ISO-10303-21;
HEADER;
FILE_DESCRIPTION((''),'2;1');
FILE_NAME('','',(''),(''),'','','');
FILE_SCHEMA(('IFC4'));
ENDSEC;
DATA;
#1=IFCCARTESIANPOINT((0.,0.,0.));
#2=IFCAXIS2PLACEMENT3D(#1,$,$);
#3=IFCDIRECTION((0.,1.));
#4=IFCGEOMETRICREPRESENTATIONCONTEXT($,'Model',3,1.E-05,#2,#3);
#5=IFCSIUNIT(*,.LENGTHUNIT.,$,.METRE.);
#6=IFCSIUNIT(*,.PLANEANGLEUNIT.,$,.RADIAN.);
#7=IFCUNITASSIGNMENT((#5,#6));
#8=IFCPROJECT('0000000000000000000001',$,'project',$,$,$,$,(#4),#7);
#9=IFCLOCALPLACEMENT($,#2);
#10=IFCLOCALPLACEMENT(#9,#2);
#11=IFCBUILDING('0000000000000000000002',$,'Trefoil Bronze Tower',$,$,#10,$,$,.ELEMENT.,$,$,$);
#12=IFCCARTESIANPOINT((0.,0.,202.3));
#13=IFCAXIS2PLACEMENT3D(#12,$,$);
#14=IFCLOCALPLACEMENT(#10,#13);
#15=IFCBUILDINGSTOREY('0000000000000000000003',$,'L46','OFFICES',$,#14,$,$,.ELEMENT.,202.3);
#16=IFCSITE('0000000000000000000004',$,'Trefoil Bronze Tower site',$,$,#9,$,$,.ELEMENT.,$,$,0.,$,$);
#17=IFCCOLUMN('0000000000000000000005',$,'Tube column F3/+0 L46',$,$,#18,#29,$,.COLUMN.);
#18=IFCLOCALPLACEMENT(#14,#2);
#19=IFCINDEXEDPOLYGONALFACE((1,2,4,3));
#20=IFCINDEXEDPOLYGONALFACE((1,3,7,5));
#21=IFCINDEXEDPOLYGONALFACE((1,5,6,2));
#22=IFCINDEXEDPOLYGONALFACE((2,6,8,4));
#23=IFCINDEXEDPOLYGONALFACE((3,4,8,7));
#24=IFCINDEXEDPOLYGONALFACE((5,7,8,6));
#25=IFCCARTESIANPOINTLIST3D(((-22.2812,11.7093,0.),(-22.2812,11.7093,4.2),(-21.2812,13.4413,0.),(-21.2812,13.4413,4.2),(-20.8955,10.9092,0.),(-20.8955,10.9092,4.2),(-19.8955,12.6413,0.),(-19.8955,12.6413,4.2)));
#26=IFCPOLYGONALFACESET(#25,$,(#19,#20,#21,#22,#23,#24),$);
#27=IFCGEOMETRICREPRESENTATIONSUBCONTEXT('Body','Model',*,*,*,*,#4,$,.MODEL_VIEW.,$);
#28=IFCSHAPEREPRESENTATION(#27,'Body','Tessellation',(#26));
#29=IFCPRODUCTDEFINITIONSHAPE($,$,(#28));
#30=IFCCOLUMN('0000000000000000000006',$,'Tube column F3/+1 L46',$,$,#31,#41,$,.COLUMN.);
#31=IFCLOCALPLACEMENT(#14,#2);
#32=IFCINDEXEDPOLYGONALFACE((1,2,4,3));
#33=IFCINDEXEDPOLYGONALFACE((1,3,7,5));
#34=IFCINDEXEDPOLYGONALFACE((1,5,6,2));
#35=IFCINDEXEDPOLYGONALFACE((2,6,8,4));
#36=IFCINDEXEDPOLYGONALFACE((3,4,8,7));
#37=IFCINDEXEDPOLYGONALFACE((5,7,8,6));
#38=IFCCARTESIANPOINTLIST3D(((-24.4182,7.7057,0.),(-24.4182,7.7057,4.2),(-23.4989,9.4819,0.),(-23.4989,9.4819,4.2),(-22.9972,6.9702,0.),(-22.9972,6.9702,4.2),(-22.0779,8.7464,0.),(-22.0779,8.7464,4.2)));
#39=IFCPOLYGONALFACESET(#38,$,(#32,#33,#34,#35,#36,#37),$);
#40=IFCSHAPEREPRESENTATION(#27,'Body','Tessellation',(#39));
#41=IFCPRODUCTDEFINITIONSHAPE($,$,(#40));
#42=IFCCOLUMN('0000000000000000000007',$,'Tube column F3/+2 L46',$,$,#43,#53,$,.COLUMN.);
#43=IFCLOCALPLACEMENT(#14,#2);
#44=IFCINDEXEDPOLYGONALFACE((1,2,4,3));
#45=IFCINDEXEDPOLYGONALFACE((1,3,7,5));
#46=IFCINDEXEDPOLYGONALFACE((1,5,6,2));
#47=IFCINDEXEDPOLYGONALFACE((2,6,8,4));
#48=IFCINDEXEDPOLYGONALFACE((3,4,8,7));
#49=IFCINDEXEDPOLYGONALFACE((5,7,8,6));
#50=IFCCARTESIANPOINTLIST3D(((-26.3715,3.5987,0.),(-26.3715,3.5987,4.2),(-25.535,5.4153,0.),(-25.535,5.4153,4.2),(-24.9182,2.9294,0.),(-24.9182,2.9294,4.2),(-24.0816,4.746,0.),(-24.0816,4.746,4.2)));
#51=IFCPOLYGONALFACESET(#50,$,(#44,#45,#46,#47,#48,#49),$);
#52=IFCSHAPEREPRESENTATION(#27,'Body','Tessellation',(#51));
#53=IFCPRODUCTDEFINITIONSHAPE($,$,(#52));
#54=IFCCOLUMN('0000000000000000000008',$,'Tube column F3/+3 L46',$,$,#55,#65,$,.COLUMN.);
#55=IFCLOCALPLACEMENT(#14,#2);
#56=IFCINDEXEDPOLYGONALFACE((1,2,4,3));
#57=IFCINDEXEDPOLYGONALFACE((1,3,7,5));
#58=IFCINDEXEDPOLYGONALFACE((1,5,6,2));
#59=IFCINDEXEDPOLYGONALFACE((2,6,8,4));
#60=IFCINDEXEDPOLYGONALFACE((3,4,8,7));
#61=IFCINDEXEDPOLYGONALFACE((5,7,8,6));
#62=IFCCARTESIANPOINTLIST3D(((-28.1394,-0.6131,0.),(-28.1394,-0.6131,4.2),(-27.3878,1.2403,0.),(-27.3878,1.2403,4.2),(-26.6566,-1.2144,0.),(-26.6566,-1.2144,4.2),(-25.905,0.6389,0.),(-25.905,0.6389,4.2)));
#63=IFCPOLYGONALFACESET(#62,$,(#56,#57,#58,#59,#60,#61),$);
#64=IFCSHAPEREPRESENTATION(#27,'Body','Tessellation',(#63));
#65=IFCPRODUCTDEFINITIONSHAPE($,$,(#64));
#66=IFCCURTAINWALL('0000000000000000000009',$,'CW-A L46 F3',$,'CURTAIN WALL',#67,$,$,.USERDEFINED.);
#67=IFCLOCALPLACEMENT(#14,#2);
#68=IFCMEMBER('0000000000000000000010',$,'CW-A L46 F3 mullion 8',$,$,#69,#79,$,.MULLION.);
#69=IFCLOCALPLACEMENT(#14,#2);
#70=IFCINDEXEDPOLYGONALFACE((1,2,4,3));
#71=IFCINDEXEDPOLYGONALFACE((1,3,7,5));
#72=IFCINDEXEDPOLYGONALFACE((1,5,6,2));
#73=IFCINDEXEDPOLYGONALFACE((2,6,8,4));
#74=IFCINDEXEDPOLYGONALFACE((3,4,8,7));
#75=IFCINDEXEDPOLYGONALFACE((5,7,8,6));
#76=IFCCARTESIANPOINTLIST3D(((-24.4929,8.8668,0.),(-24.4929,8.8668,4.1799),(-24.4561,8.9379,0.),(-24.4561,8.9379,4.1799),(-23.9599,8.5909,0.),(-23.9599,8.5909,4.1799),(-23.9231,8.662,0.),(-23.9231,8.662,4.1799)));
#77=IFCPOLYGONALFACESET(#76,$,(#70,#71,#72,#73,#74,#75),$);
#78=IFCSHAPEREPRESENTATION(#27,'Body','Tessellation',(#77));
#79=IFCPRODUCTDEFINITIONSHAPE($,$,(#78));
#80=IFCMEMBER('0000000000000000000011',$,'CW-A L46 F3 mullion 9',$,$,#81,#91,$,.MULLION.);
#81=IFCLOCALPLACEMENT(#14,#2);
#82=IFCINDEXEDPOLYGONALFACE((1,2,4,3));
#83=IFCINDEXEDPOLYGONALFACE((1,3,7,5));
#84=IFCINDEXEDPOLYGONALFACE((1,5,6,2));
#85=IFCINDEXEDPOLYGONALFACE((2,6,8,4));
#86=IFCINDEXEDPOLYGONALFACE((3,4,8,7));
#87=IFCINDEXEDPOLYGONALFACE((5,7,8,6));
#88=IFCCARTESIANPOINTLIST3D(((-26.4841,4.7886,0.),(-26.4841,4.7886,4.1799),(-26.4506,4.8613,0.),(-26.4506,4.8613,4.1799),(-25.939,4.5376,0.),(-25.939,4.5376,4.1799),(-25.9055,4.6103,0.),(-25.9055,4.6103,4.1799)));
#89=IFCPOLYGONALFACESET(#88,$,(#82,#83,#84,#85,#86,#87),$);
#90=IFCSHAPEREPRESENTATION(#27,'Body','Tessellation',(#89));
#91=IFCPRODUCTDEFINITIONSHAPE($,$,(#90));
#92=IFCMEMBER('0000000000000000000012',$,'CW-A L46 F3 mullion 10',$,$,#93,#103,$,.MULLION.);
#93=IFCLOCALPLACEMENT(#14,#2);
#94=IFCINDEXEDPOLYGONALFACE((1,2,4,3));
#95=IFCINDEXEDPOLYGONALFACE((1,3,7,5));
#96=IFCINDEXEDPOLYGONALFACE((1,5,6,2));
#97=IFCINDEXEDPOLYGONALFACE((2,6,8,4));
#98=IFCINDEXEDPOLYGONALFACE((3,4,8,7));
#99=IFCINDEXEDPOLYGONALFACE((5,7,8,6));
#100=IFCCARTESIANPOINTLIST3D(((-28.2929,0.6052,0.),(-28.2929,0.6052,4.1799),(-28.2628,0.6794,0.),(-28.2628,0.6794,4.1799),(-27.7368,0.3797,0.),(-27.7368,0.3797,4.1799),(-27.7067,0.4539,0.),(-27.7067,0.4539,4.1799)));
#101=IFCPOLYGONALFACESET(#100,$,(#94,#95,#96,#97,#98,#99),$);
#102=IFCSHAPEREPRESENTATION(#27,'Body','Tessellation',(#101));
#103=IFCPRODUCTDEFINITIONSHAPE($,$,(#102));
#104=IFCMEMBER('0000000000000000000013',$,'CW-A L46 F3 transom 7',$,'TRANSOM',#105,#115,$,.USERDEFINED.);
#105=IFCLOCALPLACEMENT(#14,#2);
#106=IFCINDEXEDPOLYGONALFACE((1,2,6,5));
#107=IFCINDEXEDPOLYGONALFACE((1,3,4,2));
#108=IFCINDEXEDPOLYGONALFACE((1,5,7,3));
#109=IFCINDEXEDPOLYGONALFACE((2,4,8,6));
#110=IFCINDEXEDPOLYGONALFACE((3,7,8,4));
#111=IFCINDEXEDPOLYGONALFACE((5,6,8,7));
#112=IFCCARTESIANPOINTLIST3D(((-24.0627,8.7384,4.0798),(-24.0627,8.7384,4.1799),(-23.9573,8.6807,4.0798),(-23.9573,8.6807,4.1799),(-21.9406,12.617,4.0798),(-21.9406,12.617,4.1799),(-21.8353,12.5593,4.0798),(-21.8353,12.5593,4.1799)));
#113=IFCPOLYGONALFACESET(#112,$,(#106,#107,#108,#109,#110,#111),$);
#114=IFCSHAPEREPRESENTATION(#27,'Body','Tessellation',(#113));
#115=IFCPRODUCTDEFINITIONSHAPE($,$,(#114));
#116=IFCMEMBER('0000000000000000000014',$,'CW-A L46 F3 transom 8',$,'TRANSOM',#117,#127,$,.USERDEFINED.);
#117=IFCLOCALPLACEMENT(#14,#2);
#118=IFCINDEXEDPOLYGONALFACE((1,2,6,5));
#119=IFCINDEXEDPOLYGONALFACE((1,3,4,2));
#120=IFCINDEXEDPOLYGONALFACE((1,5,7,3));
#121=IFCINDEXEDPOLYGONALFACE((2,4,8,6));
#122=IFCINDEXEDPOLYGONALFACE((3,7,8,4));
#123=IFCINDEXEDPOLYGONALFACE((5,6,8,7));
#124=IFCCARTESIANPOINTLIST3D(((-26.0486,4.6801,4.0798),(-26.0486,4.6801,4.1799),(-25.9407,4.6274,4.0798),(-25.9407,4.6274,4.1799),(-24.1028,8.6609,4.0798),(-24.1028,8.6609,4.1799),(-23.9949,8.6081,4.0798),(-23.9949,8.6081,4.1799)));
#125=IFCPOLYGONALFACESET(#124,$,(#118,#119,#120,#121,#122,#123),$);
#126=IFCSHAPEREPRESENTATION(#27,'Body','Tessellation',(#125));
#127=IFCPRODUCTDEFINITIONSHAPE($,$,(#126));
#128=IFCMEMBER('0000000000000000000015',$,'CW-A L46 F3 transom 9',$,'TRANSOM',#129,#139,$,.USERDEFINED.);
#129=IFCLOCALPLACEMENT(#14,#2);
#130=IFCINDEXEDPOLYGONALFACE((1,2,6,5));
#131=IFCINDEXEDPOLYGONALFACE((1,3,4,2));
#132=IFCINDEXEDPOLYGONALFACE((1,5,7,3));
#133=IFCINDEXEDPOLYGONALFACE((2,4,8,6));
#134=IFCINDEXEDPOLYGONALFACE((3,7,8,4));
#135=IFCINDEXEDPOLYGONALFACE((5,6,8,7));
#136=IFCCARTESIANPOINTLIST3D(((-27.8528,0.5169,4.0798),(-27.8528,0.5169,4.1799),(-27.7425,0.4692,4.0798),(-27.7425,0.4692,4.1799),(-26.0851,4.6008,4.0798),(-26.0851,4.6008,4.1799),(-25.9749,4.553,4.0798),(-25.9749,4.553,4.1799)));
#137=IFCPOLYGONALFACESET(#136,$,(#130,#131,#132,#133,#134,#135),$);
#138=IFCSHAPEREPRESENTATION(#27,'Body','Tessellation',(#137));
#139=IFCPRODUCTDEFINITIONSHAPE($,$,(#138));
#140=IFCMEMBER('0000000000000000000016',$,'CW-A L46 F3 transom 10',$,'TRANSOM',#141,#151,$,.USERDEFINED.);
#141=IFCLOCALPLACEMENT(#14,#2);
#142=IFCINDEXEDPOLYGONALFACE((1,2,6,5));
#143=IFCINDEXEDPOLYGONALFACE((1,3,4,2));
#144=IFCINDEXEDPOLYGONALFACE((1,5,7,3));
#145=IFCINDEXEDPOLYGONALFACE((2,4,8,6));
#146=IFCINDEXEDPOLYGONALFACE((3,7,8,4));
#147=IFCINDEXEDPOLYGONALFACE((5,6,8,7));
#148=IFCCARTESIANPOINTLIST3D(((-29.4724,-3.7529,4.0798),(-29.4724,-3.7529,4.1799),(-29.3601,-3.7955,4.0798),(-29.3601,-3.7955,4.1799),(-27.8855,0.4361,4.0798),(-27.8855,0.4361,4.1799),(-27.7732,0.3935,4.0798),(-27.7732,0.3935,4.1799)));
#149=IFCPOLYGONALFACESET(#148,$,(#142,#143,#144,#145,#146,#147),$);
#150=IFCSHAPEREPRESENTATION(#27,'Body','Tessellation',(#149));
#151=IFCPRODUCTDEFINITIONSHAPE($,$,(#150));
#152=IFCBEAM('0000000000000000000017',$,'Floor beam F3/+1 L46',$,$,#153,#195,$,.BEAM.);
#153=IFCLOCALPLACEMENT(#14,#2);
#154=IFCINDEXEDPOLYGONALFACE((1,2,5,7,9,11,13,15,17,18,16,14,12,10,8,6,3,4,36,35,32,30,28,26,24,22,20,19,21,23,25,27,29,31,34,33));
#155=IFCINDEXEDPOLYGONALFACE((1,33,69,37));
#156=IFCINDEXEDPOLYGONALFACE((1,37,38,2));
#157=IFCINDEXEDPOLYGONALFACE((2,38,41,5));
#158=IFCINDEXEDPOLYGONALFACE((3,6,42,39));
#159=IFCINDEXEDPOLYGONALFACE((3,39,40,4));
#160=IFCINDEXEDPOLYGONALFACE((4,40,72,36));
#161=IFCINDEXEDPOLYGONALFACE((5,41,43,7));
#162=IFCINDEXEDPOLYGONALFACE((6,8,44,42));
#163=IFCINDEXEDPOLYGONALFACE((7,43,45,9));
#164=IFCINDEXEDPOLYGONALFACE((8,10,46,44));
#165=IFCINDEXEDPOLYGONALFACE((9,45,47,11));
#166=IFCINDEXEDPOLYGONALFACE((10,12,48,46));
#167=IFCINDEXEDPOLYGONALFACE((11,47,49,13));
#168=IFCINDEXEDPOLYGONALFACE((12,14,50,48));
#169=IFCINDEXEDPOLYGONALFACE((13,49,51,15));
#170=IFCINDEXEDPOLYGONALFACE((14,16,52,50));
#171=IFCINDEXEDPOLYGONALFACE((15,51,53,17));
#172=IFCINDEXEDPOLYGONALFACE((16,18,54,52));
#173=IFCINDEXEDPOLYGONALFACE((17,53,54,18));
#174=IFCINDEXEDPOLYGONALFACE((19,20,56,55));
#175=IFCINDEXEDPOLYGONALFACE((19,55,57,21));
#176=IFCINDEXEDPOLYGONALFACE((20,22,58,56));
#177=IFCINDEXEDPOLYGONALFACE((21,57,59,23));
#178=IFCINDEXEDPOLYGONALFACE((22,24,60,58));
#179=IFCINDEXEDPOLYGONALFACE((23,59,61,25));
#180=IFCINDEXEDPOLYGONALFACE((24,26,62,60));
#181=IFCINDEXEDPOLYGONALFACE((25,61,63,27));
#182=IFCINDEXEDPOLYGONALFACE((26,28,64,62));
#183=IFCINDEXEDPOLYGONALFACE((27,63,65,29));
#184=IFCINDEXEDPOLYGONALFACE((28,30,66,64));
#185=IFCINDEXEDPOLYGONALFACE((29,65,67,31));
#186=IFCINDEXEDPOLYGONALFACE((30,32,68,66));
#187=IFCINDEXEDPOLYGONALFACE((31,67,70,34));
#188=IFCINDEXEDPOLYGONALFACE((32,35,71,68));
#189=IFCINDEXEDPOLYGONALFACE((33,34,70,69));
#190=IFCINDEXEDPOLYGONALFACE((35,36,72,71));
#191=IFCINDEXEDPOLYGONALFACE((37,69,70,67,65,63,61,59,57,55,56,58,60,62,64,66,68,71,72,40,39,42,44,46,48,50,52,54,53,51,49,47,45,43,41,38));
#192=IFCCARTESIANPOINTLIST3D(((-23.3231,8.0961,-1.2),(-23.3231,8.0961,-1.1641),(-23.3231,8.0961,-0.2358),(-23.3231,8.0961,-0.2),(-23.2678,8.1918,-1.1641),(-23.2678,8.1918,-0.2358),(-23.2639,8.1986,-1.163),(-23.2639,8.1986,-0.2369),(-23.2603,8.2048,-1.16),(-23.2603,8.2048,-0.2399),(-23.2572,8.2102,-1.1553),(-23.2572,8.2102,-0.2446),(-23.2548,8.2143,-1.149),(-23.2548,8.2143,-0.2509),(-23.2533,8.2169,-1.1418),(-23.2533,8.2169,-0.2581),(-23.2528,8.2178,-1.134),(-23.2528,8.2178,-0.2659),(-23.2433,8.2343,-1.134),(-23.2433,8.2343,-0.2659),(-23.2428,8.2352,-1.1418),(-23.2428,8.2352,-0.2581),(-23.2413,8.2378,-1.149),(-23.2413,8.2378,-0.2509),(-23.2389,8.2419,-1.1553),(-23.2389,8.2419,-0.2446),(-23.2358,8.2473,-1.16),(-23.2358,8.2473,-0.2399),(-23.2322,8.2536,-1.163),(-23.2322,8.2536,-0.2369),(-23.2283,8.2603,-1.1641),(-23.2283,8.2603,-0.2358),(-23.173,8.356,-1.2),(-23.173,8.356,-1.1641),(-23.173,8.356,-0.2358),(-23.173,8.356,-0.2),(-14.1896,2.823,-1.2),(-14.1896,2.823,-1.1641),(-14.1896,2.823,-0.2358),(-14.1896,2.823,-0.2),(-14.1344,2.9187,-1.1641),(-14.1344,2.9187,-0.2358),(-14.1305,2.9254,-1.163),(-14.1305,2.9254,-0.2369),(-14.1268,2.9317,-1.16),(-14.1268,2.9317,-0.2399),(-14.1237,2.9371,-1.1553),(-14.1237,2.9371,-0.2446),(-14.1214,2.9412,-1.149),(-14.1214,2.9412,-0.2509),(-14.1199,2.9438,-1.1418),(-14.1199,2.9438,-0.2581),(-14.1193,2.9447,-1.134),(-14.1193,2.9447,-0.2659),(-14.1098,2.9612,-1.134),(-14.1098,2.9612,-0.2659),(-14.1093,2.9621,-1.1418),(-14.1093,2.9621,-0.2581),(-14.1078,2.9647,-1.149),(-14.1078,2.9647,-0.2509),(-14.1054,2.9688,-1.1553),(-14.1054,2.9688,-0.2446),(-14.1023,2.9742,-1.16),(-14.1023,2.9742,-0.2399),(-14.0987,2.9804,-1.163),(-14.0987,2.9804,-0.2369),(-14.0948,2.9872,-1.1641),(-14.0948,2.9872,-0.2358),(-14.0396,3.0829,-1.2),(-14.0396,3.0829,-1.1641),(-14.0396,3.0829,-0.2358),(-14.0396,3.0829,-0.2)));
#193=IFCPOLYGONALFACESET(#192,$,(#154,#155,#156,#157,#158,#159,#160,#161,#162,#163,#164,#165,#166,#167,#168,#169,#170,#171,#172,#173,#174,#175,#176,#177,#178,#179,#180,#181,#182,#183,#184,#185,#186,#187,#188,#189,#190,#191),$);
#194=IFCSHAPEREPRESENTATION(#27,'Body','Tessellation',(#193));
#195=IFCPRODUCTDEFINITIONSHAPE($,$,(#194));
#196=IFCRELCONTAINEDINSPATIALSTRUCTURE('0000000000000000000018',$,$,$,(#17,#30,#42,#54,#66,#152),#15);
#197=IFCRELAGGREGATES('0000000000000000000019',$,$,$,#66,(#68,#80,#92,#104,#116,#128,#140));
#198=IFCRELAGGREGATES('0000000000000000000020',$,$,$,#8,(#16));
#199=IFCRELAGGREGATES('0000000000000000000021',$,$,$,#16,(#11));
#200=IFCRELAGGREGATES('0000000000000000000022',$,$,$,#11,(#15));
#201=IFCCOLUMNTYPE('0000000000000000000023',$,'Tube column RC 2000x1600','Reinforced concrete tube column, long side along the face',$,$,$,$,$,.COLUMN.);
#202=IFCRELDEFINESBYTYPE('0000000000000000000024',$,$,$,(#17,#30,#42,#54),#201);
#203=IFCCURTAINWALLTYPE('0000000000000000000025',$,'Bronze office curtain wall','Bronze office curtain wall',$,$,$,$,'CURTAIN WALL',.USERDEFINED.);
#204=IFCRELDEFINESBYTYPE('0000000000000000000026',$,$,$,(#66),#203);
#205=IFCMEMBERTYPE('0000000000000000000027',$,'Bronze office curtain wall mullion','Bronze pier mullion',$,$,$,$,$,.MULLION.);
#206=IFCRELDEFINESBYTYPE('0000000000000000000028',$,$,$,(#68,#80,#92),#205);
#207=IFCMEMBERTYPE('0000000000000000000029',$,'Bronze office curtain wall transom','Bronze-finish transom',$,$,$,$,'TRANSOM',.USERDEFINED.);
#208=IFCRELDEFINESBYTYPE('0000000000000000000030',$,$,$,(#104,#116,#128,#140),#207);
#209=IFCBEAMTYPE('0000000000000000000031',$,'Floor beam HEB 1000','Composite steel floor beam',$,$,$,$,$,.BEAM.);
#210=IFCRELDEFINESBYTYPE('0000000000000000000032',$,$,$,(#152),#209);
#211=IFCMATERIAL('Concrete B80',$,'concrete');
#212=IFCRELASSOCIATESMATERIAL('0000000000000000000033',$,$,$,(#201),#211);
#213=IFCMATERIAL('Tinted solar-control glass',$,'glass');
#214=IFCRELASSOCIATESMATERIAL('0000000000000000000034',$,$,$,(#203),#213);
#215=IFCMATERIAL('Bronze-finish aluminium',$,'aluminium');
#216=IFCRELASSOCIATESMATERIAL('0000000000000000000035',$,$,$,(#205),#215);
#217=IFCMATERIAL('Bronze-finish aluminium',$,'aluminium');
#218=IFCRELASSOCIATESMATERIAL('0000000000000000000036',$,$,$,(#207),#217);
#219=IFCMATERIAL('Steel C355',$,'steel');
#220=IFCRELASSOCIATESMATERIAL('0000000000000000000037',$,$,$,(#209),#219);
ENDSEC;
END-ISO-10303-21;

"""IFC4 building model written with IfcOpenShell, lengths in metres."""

from ifc_helpers import new_model, si_unit, direction, frame, origin, origin_2d, place, context, subcontext, project, spatial, rectangle, i_section, extrude, material, material_profile, profile_set, type_object, element, aggregate, save


model = new_model("IFC4")

# Units and contexts
model_context = context("Model", 3, precision=1e-05, world=origin(), true_north=direction((0.0, 1.0)))
body_context = subcontext(model_context, "Body", "Model", "MODEL_VIEW")
ifc_project = project(units=[si_unit("LENGTHUNIT", "METRE"), si_unit("PLANEANGLEUNIT", "RADIAN")], contexts=[model_context])

# Site, building, storey
site_placement = place(None, origin())
site = spatial("IfcSite", under=ifc_project, at=site_placement, Name="Trefoil Bronze Tower site", CompositionType="ELEMENT", RefElevation=0.0)
building_placement = place(site_placement, origin())
building = spatial("IfcBuilding", under=site, at=building_placement, Name="Trefoil Bronze Tower", CompositionType="ELEMENT")
storey_placement = place(building_placement, frame((0.0, 0.0, 202.3)))
storey = spatial("IfcBuildingStorey", under=building, at=storey_placement, Name="L46", Description="OFFICES", CompositionType="ELEMENT", Elevation=202.3)

# Columns
ifc_material_1 = material(Name="Concrete B80", Category="concrete")
ifc_material_profile_1 = material_profile(ifc_material_1, rectangle(XDim=2.0, YDim=1.6001, at=origin_2d()), Name="RC 2000x1600")
ifc_profile_set_1 = profile_set([ifc_material_profile_1], Name="Concrete B80")
column_type = type_object("IfcColumnType", Name="Tube column RC 2000x1600", Description="Reinforced concrete tube column, long side along the face", PredefinedType="COLUMN", material=ifc_profile_set_1)
for number, where, z_axis, x_axis, name in (
    (1, (-21.0884, 12.1753, 0.0), (0.0, 0.0, 1.0), (-0.5, -0.866025, 0.0), "Tube column F3/+0 L46"),
    (2, (-23.248, 8.2261, 0.0), (0.0, 0.0, 1.0), (-0.459673, -0.888088, 0.0), "Tube column F3/+1 L46"),
    (3, (-25.2266, 4.1724, 0.0), (0.0, 0.0, 1.0), (-0.418286, -0.908315, 0.0), "Tube column F3/+2 L46"),
    (4, (-27.0222, 0.0129, 0.0), (0.0, 0.0, 1.0), (-0.375828, -0.926689, 0.0), "Tube column F3/+3 L46"),
):
    element("IfcColumn", number, at=place(storey_placement, frame(where, z_axis=z_axis, x_axis=x_axis)), inside=storey, type_object=column_type, Name=name, PredefinedType="COLUMN", context=body_context, shape_type="SweptSolid", body=[
        extrude(rectangle(XDim=2.0, YDim=1.6001, at=origin_2d()), origin(), (0.0, 0.0, 1.0), 4.2),
    ])

# Curtain wall, members
ifc_material_2 = material(Name="Tinted solar-control glass", Category="glass")
curtain_wall_type = type_object("IfcCurtainWallType", Name="Bronze office curtain wall", Description="Bronze office curtain wall", ElementType="CURTAIN WALL", PredefinedType="USERDEFINED", material=ifc_material_2)
curtain_wall_placement = place(storey_placement, origin())
curtain_wall = element("IfcCurtainWall", 5, at=curtain_wall_placement, inside=storey, type_object=curtain_wall_type, Name="CW-A L46 F3", ObjectType="CURTAIN WALL", PredefinedType="USERDEFINED")
ifc_material_3 = material(Name="Bronze-finish aluminium", Category="aluminium")
ifc_material_profile_2 = material_profile(ifc_material_3, rectangle(XDim=0.6001, YDim=0.0801, at=origin_2d()), Name="CW-A mullion")
ifc_profile_set_2 = profile_set([ifc_material_profile_2], Name="Bronze-finish aluminium")
member_type_1 = type_object("IfcMemberType", Name="Bronze office curtain wall mullion", Description="Bronze pier mullion", PredefinedType="MULLION", material=ifc_profile_set_2)
member_1_placement = place(storey_placement, frame((-24.208, 8.7644, 0.0), z_axis=(0.0, 0.0, 1.0), x_axis=(0.888088, -0.459673, 0.0)))
member_1 = element("IfcMember", 6, at=member_1_placement, type_object=member_type_1, Name="CW-A L46 F3 mullion 8", PredefinedType="MULLION", context=body_context, shape_type="SweptSolid", body=[
    extrude(rectangle(XDim=0.6001, YDim=0.0801, at=origin_2d()), origin(), (0.0, 0.0, 1.0), 4.1799),
])
member_2_placement = place(storey_placement, frame((-26.1948, 4.6995, 0.0), z_axis=(0.0, 0.0, 1.0), x_axis=(0.908315, -0.418286, 0.0)))
member_2 = element("IfcMember", 7, at=member_2_placement, type_object=member_type_1, Name="CW-A L46 F3 mullion 9", PredefinedType="MULLION", context=body_context, shape_type="SweptSolid", body=[
    extrude(rectangle(XDim=0.6001, YDim=0.0801, at=origin_2d()), origin(), (0.0, 0.0, 1.0), 4.1799),
])
member_3_placement = place(storey_placement, frame((-27.9998, 0.5295, 0.0), z_axis=(0.0, 0.0, 1.0), x_axis=(0.926689, -0.375828, 0.0)))
member_3 = element("IfcMember", 8, at=member_3_placement, type_object=member_type_1, Name="CW-A L46 F3 mullion 10", PredefinedType="MULLION", context=body_context, shape_type="SweptSolid", body=[
    extrude(rectangle(XDim=0.6001, YDim=0.0801, at=origin_2d()), origin(), (0.0, 0.0, 1.0), 4.1799),
])
ifc_material_4 = material(Name="Bronze-finish aluminium", Category="aluminium")
ifc_material_profile_3 = material_profile(ifc_material_4, rectangle(XDim=0.1201, YDim=0.1001, at=origin_2d()), Name="CW-A transom")
ifc_profile_set_3 = profile_set([ifc_material_profile_3], Name="Bronze-finish aluminium")
member_type_2 = type_object("IfcMemberType", Name="Bronze office curtain wall transom", Description="Bronze-finish transom", ElementType="TRANSOM", PredefinedType="USERDEFINED", material=ifc_profile_set_3)
member_4_placement = place(storey_placement, frame((-21.8879, 12.5881, 4.1299), z_axis=(-0.479974, -0.877283, 0.0), x_axis=(0.877283, -0.479974, 0.0)))
member_4 = element("IfcMember", 9, at=member_4_placement, type_object=member_type_2, Name="CW-A L46 F3 transom 7", ObjectType="TRANSOM", PredefinedType="USERDEFINED", context=body_context, shape_type="SweptSolid", body=[
    extrude(rectangle(XDim=0.1201, YDim=0.1001, at=origin_2d()), origin(), (0.0, 0.0, 1.0), 4.4211),
])
member_5_placement = place(storey_placement, frame((-24.0488, 8.6345, 4.1299), z_axis=(-0.439151, -0.898413, 0.0), x_axis=(0.898413, -0.439151, 0.0)))
member_5 = element("IfcMember", 10, at=member_5_placement, type_object=member_type_2, Name="CW-A L46 F3 transom 8", ObjectType="TRANSOM", PredefinedType="USERDEFINED", context=body_context, shape_type="SweptSolid", body=[
    extrude(rectangle(XDim=0.1201, YDim=0.1001, at=origin_2d()), origin(), (0.0, 0.0, 1.0), 4.4309),
])
member_6_placement = place(storey_placement, frame((-26.03, 4.5769, 4.1299), z_axis=(-0.397221, -0.917723, 0.0), x_axis=(0.917723, -0.397221, 0.0)))
member_6 = element("IfcMember", 11, at=member_6_placement, type_object=member_type_2, Name="CW-A L46 F3 transom 9", ObjectType="TRANSOM", PredefinedType="USERDEFINED", context=body_context, shape_type="SweptSolid", body=[
    extrude(rectangle(XDim=0.1201, YDim=0.1001, at=origin_2d()), origin(), (0.0, 0.0, 1.0), 4.45),
])
member_7_placement = place(storey_placement, frame((-27.8293, 0.4148, 4.1299), z_axis=(-0.354263, -0.935146, 0.0), x_axis=(0.935146, -0.354263, 0.0)))
member_7 = element("IfcMember", 12, at=member_7_placement, type_object=member_type_2, Name="CW-A L46 F3 transom 10", ObjectType="TRANSOM", PredefinedType="USERDEFINED", context=body_context, shape_type="SweptSolid", body=[
    extrude(rectangle(XDim=0.1201, YDim=0.1001, at=origin_2d()), origin(), (0.0, 0.0, 1.0), 4.4795),
])

# Beam
ifc_material_5 = material(Name="Steel C355", Category="steel")
ifc_material_profile_4 = material_profile(ifc_material_5, i_section(OverallWidth=0.3, OverallDepth=1.0, WebThickness=0.019, FlangeThickness=0.0359, FilletRadius=0.03, at=origin_2d()), Name="HEB 1000")
ifc_profile_set_4 = profile_set([ifc_material_profile_4], Name="Steel C355")
beam_type_1 = type_object("IfcBeamType", Name="Floor beam HEB 1000", Description="Composite steel floor beam", PredefinedType="BEAM", material=ifc_profile_set_4)
beam_1_placement = place(storey_placement, frame((-23.248, 8.2261, -0.7), z_axis=(0.866028, -0.499996, 0.0), x_axis=(0.499996, 0.866028, 0.0)))
element("IfcBeam", 13, at=beam_1_placement, inside=storey, type_object=beam_type_1, Name="Floor beam F3/+1 L46", PredefinedType="BEAM", context=body_context, shape_type="SweptSolid", body=[
    extrude(i_section(OverallWidth=0.3, OverallDepth=1.0, WebThickness=0.019, FlangeThickness=0.0359, FilletRadius=0.03, at=origin_2d()), origin(), (0.0, 0.0, 1.0), 10.5464),
])

aggregate(curtain_wall, [member_1, member_2, member_3, member_4, member_5, member_6, member_7])

save(model, "model.ifc")
